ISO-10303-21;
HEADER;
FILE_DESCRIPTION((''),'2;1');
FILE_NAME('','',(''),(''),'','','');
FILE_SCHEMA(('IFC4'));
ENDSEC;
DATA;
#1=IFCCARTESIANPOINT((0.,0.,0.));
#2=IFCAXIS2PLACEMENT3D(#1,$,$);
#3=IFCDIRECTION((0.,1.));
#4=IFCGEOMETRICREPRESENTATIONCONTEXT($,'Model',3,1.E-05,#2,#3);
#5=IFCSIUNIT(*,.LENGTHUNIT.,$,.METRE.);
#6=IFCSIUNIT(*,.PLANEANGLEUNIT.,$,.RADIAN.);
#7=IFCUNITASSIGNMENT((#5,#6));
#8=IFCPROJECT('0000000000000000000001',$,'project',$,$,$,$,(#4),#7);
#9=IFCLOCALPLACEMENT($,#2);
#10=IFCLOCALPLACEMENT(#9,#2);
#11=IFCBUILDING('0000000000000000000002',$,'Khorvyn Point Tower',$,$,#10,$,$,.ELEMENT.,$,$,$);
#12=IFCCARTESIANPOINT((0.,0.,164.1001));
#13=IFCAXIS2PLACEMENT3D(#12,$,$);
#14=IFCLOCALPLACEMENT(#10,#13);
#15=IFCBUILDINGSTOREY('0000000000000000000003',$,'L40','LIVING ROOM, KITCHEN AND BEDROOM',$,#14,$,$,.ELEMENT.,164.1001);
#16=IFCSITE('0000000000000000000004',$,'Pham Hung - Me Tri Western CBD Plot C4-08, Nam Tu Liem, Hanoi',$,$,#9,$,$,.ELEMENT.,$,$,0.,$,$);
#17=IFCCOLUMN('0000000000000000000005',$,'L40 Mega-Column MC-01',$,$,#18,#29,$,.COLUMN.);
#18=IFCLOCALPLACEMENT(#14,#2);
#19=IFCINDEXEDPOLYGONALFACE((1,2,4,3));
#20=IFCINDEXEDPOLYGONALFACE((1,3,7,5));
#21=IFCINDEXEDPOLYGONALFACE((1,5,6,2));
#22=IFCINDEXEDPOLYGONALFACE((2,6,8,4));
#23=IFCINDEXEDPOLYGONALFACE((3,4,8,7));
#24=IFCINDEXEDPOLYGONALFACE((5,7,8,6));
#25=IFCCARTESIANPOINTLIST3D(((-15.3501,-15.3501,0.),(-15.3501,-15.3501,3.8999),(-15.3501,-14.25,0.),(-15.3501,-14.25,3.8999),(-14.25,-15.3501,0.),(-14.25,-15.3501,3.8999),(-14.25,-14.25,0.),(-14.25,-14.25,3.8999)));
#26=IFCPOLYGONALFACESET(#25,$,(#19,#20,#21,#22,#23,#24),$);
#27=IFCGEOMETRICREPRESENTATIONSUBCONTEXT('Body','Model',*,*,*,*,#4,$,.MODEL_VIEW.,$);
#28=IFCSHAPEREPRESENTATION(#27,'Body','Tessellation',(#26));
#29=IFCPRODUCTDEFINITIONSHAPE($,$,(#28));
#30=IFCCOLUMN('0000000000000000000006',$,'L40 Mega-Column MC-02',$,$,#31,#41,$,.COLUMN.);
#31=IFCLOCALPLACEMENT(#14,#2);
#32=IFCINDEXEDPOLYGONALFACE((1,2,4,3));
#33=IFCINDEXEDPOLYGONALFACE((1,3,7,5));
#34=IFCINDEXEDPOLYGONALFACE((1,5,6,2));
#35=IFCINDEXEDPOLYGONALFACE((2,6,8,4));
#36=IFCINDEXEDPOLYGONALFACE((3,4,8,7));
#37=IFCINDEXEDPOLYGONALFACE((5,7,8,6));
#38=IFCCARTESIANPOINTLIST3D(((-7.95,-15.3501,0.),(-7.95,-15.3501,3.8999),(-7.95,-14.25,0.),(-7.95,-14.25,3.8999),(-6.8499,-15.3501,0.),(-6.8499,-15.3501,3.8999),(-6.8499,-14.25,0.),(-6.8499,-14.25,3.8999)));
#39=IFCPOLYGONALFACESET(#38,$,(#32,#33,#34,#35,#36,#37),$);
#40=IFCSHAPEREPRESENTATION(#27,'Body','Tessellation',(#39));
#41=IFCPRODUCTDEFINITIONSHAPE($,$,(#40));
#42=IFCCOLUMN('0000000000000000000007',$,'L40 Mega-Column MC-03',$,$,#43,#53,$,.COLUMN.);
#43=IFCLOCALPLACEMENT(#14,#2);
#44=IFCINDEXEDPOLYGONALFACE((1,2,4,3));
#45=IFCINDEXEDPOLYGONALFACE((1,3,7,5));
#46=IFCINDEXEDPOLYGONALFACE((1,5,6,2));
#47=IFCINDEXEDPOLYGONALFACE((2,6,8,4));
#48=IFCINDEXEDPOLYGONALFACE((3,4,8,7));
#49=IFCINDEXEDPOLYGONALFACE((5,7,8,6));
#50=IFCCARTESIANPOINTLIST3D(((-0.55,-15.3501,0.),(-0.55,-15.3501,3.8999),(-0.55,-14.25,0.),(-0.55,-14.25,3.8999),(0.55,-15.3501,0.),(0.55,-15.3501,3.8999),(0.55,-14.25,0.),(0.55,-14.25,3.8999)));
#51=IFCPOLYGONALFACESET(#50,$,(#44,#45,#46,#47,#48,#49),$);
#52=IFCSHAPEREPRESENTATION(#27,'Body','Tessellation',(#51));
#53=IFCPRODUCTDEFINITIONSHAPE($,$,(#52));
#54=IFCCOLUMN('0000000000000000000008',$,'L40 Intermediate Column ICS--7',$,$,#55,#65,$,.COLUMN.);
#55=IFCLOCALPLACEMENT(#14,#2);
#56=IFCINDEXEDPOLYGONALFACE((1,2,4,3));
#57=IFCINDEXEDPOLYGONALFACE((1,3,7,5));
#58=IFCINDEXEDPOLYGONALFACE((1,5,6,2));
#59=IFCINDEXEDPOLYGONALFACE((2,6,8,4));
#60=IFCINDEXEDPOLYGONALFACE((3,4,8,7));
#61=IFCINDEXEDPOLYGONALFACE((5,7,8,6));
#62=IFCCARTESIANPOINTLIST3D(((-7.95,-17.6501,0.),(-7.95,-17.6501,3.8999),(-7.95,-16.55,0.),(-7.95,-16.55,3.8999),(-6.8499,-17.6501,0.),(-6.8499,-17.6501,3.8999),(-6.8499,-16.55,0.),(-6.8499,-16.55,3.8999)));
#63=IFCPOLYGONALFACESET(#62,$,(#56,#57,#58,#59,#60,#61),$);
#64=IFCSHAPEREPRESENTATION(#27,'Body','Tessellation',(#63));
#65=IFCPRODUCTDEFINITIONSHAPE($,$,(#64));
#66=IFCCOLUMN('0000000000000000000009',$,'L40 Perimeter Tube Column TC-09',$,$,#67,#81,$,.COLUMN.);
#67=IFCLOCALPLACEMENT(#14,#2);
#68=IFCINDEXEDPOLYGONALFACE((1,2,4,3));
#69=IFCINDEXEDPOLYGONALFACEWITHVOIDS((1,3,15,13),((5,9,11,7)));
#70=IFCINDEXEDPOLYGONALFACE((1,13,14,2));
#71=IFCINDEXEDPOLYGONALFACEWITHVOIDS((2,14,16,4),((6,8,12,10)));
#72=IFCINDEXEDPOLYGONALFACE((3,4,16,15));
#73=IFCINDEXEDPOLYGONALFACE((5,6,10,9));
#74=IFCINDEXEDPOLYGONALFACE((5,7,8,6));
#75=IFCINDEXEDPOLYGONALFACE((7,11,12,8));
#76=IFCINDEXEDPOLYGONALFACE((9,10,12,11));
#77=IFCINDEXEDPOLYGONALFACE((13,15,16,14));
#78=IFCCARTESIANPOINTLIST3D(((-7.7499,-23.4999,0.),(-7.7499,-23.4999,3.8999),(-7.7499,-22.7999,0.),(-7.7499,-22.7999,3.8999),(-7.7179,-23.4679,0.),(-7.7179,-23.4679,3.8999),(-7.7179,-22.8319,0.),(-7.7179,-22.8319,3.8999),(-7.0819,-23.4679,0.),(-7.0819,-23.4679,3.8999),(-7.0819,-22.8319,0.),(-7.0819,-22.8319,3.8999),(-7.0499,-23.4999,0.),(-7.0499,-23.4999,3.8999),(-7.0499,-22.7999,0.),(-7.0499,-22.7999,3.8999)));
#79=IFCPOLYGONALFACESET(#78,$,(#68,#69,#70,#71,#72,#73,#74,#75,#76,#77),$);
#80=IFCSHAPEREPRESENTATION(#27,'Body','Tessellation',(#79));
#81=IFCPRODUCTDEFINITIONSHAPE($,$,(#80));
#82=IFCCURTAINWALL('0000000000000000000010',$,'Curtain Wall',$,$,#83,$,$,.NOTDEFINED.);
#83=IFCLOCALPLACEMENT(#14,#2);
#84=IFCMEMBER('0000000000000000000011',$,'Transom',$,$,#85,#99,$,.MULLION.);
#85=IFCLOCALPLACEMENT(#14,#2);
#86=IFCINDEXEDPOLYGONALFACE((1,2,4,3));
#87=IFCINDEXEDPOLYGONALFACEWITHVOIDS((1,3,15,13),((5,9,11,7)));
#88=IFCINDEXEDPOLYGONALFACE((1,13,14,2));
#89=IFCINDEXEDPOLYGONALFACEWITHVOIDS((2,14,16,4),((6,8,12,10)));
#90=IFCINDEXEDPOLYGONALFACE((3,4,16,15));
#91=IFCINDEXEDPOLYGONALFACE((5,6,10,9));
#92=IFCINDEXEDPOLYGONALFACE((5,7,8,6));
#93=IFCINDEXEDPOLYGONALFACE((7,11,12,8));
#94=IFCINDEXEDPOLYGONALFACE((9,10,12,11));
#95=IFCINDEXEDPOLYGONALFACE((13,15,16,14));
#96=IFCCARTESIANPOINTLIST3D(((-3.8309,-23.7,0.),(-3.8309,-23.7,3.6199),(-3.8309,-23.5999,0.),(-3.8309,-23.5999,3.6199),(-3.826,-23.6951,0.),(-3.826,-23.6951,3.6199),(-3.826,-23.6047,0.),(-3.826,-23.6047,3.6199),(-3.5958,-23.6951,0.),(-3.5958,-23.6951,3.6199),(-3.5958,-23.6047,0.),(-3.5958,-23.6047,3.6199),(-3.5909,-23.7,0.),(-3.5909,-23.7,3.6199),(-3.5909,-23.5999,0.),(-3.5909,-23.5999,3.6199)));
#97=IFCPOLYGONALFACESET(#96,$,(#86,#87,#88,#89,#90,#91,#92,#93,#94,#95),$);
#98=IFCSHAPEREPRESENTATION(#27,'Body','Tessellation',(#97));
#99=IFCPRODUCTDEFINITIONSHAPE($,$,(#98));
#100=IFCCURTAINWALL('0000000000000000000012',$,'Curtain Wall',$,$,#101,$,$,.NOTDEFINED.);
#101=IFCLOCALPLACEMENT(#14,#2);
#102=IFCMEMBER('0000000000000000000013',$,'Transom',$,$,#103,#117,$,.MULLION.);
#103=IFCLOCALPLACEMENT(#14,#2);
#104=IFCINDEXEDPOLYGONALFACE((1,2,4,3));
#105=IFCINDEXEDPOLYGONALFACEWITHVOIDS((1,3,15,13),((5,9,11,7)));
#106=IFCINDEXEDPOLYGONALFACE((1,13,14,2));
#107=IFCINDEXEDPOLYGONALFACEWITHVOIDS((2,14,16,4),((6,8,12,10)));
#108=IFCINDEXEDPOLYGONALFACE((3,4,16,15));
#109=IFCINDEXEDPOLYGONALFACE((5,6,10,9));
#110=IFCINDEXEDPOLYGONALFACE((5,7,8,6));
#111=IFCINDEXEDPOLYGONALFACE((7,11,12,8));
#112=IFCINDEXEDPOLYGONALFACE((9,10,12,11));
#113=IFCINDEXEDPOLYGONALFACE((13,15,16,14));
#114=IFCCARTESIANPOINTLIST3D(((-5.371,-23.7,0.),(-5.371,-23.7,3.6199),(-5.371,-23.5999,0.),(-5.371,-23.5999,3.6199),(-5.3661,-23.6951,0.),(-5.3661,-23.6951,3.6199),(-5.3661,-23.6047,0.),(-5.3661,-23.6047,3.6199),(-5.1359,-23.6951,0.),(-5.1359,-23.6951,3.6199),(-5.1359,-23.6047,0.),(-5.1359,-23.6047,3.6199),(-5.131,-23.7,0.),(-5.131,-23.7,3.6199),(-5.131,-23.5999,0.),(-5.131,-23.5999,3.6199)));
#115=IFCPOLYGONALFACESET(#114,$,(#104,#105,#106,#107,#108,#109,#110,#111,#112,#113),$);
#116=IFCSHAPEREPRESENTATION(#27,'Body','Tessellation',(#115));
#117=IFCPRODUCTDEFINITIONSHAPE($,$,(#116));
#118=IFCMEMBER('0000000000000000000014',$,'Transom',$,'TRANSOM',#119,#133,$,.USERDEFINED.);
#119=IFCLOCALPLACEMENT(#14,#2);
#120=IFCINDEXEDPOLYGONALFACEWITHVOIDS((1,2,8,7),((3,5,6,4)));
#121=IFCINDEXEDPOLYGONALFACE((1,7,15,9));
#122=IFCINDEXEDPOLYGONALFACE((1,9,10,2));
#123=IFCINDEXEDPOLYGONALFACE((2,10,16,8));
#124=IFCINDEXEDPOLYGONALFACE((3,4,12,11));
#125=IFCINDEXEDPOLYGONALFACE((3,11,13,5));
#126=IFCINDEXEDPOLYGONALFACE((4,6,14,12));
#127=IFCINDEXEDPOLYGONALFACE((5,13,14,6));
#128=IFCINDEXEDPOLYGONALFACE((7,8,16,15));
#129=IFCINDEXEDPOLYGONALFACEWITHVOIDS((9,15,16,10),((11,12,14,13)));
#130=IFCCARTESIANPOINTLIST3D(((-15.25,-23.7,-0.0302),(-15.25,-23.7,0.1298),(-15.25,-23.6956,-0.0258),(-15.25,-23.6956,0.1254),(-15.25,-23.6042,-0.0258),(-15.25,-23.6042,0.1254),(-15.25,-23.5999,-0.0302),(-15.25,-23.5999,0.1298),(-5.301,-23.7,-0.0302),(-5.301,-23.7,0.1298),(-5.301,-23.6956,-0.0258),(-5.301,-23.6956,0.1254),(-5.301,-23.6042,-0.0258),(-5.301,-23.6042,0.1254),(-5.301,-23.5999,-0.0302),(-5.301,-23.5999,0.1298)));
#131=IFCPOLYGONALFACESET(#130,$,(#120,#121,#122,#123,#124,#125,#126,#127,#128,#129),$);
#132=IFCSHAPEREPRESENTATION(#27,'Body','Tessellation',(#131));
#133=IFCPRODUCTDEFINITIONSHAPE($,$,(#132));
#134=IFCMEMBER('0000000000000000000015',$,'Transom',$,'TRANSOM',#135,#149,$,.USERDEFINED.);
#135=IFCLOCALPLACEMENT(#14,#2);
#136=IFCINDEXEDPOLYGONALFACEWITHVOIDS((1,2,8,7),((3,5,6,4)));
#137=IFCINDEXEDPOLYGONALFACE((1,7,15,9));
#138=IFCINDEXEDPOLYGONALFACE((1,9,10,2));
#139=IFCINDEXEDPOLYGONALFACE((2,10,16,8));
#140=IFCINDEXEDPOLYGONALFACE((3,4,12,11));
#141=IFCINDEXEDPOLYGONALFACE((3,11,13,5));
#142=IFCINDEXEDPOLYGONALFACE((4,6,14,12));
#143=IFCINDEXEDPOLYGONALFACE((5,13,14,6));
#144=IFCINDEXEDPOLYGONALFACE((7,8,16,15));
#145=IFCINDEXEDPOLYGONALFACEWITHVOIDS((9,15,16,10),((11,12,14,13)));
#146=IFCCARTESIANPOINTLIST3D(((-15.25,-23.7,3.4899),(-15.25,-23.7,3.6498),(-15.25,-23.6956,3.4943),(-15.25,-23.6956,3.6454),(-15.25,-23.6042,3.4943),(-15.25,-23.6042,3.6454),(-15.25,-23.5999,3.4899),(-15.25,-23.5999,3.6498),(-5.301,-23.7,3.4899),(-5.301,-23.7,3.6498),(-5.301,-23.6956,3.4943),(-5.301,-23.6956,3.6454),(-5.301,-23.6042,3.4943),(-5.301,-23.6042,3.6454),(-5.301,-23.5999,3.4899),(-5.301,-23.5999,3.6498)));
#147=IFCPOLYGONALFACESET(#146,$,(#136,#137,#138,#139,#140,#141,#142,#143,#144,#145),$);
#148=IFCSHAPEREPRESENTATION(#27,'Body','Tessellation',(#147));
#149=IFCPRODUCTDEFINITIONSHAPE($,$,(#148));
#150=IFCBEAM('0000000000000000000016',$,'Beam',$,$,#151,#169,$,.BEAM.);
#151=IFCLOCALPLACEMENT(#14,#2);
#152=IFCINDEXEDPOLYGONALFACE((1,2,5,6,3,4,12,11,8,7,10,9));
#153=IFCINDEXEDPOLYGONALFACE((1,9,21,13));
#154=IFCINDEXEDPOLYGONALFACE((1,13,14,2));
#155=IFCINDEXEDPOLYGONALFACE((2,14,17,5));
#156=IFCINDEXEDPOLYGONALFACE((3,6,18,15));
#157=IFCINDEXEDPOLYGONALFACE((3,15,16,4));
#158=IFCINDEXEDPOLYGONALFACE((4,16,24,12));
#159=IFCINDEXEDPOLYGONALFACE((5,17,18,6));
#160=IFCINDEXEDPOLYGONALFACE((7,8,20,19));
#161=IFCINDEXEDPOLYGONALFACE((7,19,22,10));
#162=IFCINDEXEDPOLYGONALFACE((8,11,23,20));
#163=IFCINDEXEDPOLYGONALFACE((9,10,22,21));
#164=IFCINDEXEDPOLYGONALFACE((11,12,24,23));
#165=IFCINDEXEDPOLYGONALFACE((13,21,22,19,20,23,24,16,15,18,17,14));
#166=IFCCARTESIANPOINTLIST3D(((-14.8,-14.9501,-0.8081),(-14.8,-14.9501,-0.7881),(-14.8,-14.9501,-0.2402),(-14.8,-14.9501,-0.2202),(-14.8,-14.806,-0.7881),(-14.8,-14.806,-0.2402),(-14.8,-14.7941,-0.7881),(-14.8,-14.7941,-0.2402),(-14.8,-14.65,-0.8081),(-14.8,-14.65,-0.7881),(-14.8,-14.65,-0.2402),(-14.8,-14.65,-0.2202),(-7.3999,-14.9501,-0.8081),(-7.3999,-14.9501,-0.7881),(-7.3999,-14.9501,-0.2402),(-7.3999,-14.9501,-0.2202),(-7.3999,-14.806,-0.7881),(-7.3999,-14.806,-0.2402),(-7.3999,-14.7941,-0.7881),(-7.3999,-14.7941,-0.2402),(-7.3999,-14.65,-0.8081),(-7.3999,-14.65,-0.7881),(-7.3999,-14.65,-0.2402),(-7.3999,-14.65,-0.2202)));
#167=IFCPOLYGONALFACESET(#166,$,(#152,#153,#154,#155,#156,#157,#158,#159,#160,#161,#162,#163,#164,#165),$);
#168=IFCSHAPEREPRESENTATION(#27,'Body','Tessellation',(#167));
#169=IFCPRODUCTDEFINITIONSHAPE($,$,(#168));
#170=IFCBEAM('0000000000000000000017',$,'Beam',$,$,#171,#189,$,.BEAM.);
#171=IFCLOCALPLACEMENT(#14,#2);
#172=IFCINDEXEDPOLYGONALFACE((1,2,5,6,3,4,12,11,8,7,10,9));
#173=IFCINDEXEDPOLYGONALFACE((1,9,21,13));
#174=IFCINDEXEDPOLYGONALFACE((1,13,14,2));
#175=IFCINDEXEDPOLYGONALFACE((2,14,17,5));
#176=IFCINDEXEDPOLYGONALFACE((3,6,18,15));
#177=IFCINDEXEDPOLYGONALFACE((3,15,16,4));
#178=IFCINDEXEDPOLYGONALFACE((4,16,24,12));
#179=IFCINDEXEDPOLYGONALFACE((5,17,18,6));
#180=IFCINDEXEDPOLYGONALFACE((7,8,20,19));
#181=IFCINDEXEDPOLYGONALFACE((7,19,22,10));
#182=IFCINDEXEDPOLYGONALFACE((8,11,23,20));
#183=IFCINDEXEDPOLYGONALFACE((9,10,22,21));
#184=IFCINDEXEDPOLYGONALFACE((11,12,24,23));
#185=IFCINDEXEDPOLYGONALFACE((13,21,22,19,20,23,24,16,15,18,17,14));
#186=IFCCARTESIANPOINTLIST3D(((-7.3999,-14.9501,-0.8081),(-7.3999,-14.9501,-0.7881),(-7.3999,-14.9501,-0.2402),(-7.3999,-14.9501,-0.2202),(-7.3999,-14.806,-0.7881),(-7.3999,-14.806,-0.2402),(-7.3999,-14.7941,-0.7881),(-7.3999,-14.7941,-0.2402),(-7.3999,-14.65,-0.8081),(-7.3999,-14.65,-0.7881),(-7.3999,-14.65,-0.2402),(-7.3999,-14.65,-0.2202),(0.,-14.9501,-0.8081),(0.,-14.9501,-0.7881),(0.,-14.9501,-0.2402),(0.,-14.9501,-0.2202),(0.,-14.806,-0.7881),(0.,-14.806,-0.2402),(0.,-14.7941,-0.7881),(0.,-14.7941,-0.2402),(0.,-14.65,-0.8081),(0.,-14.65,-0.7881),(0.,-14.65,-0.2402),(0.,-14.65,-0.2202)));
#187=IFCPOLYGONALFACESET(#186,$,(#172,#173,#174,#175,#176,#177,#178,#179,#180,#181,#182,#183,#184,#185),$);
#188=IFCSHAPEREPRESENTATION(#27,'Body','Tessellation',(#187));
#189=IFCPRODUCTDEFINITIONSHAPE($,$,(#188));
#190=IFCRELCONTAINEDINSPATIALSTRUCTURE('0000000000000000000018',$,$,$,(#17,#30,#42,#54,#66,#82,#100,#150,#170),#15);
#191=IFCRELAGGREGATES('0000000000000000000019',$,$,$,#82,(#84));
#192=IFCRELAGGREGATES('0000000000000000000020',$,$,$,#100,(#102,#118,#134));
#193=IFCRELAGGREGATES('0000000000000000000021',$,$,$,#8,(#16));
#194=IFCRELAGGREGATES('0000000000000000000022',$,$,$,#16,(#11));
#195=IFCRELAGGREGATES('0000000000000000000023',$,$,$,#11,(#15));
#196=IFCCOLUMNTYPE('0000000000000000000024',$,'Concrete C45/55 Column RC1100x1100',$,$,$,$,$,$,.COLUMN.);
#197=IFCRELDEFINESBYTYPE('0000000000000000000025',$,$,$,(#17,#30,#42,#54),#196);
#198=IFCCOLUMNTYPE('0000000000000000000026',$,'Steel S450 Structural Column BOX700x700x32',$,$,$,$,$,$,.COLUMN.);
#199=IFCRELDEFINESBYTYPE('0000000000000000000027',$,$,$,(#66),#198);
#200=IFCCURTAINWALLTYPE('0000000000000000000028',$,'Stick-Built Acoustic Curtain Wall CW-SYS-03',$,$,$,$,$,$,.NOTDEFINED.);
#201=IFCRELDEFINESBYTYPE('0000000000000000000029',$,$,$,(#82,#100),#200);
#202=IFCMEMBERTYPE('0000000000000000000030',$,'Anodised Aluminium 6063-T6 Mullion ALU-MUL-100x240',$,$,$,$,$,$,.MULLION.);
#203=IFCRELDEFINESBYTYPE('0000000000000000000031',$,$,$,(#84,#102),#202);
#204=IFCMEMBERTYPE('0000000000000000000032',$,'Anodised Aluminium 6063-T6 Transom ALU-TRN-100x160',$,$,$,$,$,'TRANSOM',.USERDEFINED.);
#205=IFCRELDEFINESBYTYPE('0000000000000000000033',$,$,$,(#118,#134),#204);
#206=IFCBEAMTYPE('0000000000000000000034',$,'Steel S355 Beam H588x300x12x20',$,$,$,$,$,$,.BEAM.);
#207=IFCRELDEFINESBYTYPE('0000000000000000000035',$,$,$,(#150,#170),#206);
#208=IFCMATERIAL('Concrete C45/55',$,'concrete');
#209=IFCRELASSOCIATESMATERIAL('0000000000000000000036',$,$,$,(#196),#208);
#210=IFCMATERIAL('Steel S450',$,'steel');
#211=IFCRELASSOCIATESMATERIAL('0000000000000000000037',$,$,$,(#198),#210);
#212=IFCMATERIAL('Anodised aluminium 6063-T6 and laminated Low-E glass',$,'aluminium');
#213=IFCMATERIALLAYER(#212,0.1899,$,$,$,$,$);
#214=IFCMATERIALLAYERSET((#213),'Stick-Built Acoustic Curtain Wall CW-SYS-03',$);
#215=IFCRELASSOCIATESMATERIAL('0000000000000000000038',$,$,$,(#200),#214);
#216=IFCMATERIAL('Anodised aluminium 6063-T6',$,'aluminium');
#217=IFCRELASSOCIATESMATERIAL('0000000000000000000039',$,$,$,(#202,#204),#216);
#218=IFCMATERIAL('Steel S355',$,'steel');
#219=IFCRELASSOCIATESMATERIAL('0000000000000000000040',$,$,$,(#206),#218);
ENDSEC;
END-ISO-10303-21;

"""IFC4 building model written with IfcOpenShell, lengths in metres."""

from ifc_helpers import new_model, si_unit, direction, frame, origin, origin_2d, place, context, subcontext, project, spatial, rectangle, hollow_rectangle, i_section, extrude, material, layer, layer_set, material_profile, profile_set, type_object, element, aggregate, save


model = new_model("IFC4")

# Units and contexts
model_context = context("Model", 3, precision=1e-05, world=origin(), true_north=direction((0.0, 1.0)))
body_context = subcontext(model_context, "Body", "Model", "MODEL_VIEW")
ifc_project = project(units=[si_unit("LENGTHUNIT", "METRE"), si_unit("PLANEANGLEUNIT", "RADIAN")], contexts=[model_context])

# Site, building, storey
site_placement = place(None, origin())
site = spatial("IfcSite", under=ifc_project, at=site_placement, Name="Pham Hung - Me Tri Western CBD Plot C4-08, Nam Tu Liem, Hanoi", CompositionType="ELEMENT", RefElevation=0.0)
building_placement = place(site_placement, origin())
building = spatial("IfcBuilding", under=site, at=building_placement, Name="Khorvyn Point Tower", CompositionType="ELEMENT")
storey_placement = place(building_placement, frame((0.0, 0.0, 164.1001)))
storey = spatial("IfcBuildingStorey", under=building, at=storey_placement, Name="L40", Description="LIVING ROOM, KITCHEN AND BEDROOM", CompositionType="ELEMENT", Elevation=164.1001)

# Columns
ifc_material_1 = material(Name="Concrete C45/55", Category="concrete")
ifc_material_profile_1 = material_profile(ifc_material_1, rectangle(XDim=1.1001, YDim=1.1001, at=origin_2d()))
ifc_profile_set_1 = profile_set([ifc_material_profile_1], Name="Concrete C45/55 RC1100x1100")
column_type_1 = type_object("IfcColumnType", Name="Concrete C45/55 Column RC1100x1100", PredefinedType="COLUMN", material=ifc_profile_set_1)
for number, where, z_axis, x_axis, name in (
    (1, (-14.8, -14.8, 0.0), (0.0, 0.0, 1.0), (1.0, 0.0, 0.0), "L40 Mega-Column MC-01"),
    (2, (-7.3999, -14.8, 0.0), (0.0, 0.0, 1.0), (1.0, 0.0, 0.0), "L40 Mega-Column MC-02"),
    (3, (0.0, -14.8, 0.0), (0.0, 0.0, 1.0), (1.0, 0.0, 0.0), "L40 Mega-Column MC-03"),
    (4, (-7.3999, -17.1001, 0.0), (0.0, 0.0, 1.0), (1.0, 0.0, 0.0), "L40 Intermediate Column ICS--7"),
):
    element("IfcColumn", number, at=place(storey_placement, frame(where, z_axis=z_axis, x_axis=x_axis)), inside=storey, type_object=column_type_1, Name=name, PredefinedType="COLUMN", context=body_context, shape_type="SweptSolid", body=[
        extrude(rectangle(XDim=1.1001, YDim=1.1001, at=origin_2d()), origin(), (0.0, 0.0, 1.0), 3.8999),
    ])
ifc_material_2 = material(Name="Steel S450", Category="steel")
ifc_material_profile_2 = material_profile(ifc_material_2, hollow_rectangle(XDim=0.7, YDim=0.7, WallThickness=0.032, at=origin_2d()))
ifc_profile_set_2 = profile_set([ifc_material_profile_2], Name="Steel S450 BOX700x700x32")
column_type_2 = type_object("IfcColumnType", Name="Steel S450 Structural Column BOX700x700x32", PredefinedType="COLUMN", material=ifc_profile_set_2)
column_placement = place(storey_placement, frame((-7.3999, -23.1499, 0.0), z_axis=(0.0, 0.0, 1.0), x_axis=(1.0, 0.0, 0.0)))
element("IfcColumn", 5, at=column_placement, inside=storey, type_object=column_type_2, Name="L40 Perimeter Tube Column TC-09", PredefinedType="COLUMN", context=body_context, shape_type="SweptSolid", body=[
    extrude(hollow_rectangle(XDim=0.7, YDim=0.7, WallThickness=0.032, at=origin_2d()), origin(), (0.0, 0.0, 1.0), 3.8999),
])

# Curtain wall, member
ifc_material_3 = material(Name="Anodised aluminium 6063-T6 and laminated Low-E glass", Category="aluminium")
ifc_layer_1 = layer(ifc_material_3, 0.1899)
ifc_layer_set_1 = layer_set([ifc_layer_1], Name="Stick-Built Acoustic Curtain Wall CW-SYS-03")
curtain_wall_type = type_object("IfcCurtainWallType", Name="Stick-Built Acoustic Curtain Wall CW-SYS-03", PredefinedType="NOTDEFINED", material=ifc_layer_set_1)
curtain_wall_1_placement = place(storey_placement, origin())
curtain_wall_1 = element("IfcCurtainWall", 6, at=curtain_wall_1_placement, inside=storey, type_object=curtain_wall_type, Name="Curtain Wall", PredefinedType="NOTDEFINED")
ifc_material_4 = material(Name="Anodised aluminium 6063-T6", Category="aluminium")
ifc_material_profile_3 = material_profile(ifc_material_4, hollow_rectangle(XDim=0.1001, YDim=0.24, WallThickness=0.0049, at=origin_2d()))
ifc_profile_set_3 = profile_set([ifc_material_profile_3], Name="Anodised aluminium 6063-T6 ALU-MUL-100x240")
member_type_1 = type_object("IfcMemberType", Name="Anodised Aluminium 6063-T6 Mullion ALU-MUL-100x240", PredefinedType="MULLION", material=ifc_profile_set_3)
member_1_placement = place(storey_placement, frame((-3.7109, -23.6499, 0.0), z_axis=(0.0, 0.0, 1.0), x_axis=(0.0, -1.0, 0.0)))
member_1 = element("IfcMember", 7, at=member_1_placement, type_object=member_type_1, Name="Transom", PredefinedType="MULLION", context=body_context, shape_type="SweptSolid", body=[
    extrude(hollow_rectangle(XDim=0.1001, YDim=0.24, WallThickness=0.0049, at=origin_2d()), origin(), (0.0, 0.0, 1.0), 3.6199),
])
aggregate(curtain_wall_1, [member_1])

# Curtain wall, members
curtain_wall_2_placement = place(storey_placement, origin())
curtain_wall_2 = element("IfcCurtainWall", 8, at=curtain_wall_2_placement, inside=storey, type_object=curtain_wall_type, Name="Curtain Wall", PredefinedType="NOTDEFINED")
member_2_placement = place(storey_placement, frame((-5.251, -23.6499, 0.0), z_axis=(0.0, 0.0, 1.0), x_axis=(0.0, -1.0, 0.0)))
member_2 = element("IfcMember", 9, at=member_2_placement, type_object=member_type_1, Name="Transom", PredefinedType="MULLION", context=body_context, shape_type="SweptSolid", body=[
    extrude(hollow_rectangle(XDim=0.1001, YDim=0.24, WallThickness=0.0049, at=origin_2d()), origin(), (0.0, 0.0, 1.0), 3.6199),
])
ifc_material_profile_4 = material_profile(ifc_material_4, hollow_rectangle(XDim=0.1001, YDim=0.1599, WallThickness=0.0044, at=origin_2d()))
ifc_profile_set_4 = profile_set([ifc_material_profile_4], Name="Anodised aluminium 6063-T6 ALU-TRN-100x160")
member_type_2 = type_object("IfcMemberType", Name="Anodised Aluminium 6063-T6 Transom ALU-TRN-100x160", ElementType="TRANSOM", PredefinedType="USERDEFINED", material=ifc_profile_set_4)
member_3_placement = place(storey_placement, frame((-5.301, -23.6499, 0.0498), z_axis=(-1.0, 0.0, 0.0), x_axis=(0.0, -1.0, 0.0)))
member_3 = element("IfcMember", 10, at=member_3_placement, type_object=member_type_2, Name="Transom", ObjectType="TRANSOM", PredefinedType="USERDEFINED", context=body_context, shape_type="SweptSolid", body=[
    extrude(hollow_rectangle(XDim=0.1001, YDim=0.1599, WallThickness=0.0044, at=origin_2d()), origin(), (0.0, 0.0, 1.0), 9.949),
])
member_4_placement = place(storey_placement, frame((-5.301, -23.6499, 3.5698), z_axis=(-1.0, 0.0, 0.0), x_axis=(0.0, -1.0, 0.0)))
member_4 = element("IfcMember", 11, at=member_4_placement, type_object=member_type_2, Name="Transom", ObjectType="TRANSOM", PredefinedType="USERDEFINED", context=body_context, shape_type="SweptSolid", body=[
    extrude(hollow_rectangle(XDim=0.1001, YDim=0.1599, WallThickness=0.0044, at=origin_2d()), origin(), (0.0, 0.0, 1.0), 9.949),
])

# Beams
ifc_material_5 = material(Name="Steel S355", Category="steel")
ifc_material_profile_5 = material_profile(ifc_material_5, i_section(OverallWidth=0.3, OverallDepth=0.5879, WebThickness=0.012, FlangeThickness=0.02, at=origin_2d()))
ifc_profile_set_5 = profile_set([ifc_material_profile_5], Name="Steel S355 H588x300x12x20")
beam_type_1 = type_object("IfcBeamType", Name="Steel S355 Beam H588x300x12x20", PredefinedType="BEAM", material=ifc_profile_set_5)
beam_1_placement = place(storey_placement, frame((-14.8, -14.8, -0.5142), z_axis=(1.0, 0.0, 0.0), x_axis=(0.0, 1.0, 0.0)))
element("IfcBeam", 12, at=beam_1_placement, inside=storey, type_object=beam_type_1, Name="Beam", PredefinedType="BEAM", context=body_context, shape_type="SweptSolid", body=[
    extrude(i_section(OverallWidth=0.3, OverallDepth=0.5879, WebThickness=0.012, FlangeThickness=0.02, at=origin_2d()), origin(), (0.0, 0.0, 1.0), 7.4001),
])
for number, where, z_axis, x_axis, name in (
    (13, (-7.3999, -14.8, -0.5142), (1.0, 0.0, 0.0), (0.0, 1.0, 0.0), "Beam"),
):
    element("IfcBeam", number, at=place(storey_placement, frame(where, z_axis=z_axis, x_axis=x_axis)), inside=storey, type_object=beam_type_1, Name=name, PredefinedType="BEAM", context=body_context, shape_type="SweptSolid", body=[
        extrude(i_section(OverallWidth=0.3, OverallDepth=0.5879, WebThickness=0.012, FlangeThickness=0.02, at=origin_2d()), origin(), (0.0, 0.0, 1.0), 7.3999),
    ])

aggregate(curtain_wall_2, [member_2, member_3, member_4])

save(model, "model.ifc")
